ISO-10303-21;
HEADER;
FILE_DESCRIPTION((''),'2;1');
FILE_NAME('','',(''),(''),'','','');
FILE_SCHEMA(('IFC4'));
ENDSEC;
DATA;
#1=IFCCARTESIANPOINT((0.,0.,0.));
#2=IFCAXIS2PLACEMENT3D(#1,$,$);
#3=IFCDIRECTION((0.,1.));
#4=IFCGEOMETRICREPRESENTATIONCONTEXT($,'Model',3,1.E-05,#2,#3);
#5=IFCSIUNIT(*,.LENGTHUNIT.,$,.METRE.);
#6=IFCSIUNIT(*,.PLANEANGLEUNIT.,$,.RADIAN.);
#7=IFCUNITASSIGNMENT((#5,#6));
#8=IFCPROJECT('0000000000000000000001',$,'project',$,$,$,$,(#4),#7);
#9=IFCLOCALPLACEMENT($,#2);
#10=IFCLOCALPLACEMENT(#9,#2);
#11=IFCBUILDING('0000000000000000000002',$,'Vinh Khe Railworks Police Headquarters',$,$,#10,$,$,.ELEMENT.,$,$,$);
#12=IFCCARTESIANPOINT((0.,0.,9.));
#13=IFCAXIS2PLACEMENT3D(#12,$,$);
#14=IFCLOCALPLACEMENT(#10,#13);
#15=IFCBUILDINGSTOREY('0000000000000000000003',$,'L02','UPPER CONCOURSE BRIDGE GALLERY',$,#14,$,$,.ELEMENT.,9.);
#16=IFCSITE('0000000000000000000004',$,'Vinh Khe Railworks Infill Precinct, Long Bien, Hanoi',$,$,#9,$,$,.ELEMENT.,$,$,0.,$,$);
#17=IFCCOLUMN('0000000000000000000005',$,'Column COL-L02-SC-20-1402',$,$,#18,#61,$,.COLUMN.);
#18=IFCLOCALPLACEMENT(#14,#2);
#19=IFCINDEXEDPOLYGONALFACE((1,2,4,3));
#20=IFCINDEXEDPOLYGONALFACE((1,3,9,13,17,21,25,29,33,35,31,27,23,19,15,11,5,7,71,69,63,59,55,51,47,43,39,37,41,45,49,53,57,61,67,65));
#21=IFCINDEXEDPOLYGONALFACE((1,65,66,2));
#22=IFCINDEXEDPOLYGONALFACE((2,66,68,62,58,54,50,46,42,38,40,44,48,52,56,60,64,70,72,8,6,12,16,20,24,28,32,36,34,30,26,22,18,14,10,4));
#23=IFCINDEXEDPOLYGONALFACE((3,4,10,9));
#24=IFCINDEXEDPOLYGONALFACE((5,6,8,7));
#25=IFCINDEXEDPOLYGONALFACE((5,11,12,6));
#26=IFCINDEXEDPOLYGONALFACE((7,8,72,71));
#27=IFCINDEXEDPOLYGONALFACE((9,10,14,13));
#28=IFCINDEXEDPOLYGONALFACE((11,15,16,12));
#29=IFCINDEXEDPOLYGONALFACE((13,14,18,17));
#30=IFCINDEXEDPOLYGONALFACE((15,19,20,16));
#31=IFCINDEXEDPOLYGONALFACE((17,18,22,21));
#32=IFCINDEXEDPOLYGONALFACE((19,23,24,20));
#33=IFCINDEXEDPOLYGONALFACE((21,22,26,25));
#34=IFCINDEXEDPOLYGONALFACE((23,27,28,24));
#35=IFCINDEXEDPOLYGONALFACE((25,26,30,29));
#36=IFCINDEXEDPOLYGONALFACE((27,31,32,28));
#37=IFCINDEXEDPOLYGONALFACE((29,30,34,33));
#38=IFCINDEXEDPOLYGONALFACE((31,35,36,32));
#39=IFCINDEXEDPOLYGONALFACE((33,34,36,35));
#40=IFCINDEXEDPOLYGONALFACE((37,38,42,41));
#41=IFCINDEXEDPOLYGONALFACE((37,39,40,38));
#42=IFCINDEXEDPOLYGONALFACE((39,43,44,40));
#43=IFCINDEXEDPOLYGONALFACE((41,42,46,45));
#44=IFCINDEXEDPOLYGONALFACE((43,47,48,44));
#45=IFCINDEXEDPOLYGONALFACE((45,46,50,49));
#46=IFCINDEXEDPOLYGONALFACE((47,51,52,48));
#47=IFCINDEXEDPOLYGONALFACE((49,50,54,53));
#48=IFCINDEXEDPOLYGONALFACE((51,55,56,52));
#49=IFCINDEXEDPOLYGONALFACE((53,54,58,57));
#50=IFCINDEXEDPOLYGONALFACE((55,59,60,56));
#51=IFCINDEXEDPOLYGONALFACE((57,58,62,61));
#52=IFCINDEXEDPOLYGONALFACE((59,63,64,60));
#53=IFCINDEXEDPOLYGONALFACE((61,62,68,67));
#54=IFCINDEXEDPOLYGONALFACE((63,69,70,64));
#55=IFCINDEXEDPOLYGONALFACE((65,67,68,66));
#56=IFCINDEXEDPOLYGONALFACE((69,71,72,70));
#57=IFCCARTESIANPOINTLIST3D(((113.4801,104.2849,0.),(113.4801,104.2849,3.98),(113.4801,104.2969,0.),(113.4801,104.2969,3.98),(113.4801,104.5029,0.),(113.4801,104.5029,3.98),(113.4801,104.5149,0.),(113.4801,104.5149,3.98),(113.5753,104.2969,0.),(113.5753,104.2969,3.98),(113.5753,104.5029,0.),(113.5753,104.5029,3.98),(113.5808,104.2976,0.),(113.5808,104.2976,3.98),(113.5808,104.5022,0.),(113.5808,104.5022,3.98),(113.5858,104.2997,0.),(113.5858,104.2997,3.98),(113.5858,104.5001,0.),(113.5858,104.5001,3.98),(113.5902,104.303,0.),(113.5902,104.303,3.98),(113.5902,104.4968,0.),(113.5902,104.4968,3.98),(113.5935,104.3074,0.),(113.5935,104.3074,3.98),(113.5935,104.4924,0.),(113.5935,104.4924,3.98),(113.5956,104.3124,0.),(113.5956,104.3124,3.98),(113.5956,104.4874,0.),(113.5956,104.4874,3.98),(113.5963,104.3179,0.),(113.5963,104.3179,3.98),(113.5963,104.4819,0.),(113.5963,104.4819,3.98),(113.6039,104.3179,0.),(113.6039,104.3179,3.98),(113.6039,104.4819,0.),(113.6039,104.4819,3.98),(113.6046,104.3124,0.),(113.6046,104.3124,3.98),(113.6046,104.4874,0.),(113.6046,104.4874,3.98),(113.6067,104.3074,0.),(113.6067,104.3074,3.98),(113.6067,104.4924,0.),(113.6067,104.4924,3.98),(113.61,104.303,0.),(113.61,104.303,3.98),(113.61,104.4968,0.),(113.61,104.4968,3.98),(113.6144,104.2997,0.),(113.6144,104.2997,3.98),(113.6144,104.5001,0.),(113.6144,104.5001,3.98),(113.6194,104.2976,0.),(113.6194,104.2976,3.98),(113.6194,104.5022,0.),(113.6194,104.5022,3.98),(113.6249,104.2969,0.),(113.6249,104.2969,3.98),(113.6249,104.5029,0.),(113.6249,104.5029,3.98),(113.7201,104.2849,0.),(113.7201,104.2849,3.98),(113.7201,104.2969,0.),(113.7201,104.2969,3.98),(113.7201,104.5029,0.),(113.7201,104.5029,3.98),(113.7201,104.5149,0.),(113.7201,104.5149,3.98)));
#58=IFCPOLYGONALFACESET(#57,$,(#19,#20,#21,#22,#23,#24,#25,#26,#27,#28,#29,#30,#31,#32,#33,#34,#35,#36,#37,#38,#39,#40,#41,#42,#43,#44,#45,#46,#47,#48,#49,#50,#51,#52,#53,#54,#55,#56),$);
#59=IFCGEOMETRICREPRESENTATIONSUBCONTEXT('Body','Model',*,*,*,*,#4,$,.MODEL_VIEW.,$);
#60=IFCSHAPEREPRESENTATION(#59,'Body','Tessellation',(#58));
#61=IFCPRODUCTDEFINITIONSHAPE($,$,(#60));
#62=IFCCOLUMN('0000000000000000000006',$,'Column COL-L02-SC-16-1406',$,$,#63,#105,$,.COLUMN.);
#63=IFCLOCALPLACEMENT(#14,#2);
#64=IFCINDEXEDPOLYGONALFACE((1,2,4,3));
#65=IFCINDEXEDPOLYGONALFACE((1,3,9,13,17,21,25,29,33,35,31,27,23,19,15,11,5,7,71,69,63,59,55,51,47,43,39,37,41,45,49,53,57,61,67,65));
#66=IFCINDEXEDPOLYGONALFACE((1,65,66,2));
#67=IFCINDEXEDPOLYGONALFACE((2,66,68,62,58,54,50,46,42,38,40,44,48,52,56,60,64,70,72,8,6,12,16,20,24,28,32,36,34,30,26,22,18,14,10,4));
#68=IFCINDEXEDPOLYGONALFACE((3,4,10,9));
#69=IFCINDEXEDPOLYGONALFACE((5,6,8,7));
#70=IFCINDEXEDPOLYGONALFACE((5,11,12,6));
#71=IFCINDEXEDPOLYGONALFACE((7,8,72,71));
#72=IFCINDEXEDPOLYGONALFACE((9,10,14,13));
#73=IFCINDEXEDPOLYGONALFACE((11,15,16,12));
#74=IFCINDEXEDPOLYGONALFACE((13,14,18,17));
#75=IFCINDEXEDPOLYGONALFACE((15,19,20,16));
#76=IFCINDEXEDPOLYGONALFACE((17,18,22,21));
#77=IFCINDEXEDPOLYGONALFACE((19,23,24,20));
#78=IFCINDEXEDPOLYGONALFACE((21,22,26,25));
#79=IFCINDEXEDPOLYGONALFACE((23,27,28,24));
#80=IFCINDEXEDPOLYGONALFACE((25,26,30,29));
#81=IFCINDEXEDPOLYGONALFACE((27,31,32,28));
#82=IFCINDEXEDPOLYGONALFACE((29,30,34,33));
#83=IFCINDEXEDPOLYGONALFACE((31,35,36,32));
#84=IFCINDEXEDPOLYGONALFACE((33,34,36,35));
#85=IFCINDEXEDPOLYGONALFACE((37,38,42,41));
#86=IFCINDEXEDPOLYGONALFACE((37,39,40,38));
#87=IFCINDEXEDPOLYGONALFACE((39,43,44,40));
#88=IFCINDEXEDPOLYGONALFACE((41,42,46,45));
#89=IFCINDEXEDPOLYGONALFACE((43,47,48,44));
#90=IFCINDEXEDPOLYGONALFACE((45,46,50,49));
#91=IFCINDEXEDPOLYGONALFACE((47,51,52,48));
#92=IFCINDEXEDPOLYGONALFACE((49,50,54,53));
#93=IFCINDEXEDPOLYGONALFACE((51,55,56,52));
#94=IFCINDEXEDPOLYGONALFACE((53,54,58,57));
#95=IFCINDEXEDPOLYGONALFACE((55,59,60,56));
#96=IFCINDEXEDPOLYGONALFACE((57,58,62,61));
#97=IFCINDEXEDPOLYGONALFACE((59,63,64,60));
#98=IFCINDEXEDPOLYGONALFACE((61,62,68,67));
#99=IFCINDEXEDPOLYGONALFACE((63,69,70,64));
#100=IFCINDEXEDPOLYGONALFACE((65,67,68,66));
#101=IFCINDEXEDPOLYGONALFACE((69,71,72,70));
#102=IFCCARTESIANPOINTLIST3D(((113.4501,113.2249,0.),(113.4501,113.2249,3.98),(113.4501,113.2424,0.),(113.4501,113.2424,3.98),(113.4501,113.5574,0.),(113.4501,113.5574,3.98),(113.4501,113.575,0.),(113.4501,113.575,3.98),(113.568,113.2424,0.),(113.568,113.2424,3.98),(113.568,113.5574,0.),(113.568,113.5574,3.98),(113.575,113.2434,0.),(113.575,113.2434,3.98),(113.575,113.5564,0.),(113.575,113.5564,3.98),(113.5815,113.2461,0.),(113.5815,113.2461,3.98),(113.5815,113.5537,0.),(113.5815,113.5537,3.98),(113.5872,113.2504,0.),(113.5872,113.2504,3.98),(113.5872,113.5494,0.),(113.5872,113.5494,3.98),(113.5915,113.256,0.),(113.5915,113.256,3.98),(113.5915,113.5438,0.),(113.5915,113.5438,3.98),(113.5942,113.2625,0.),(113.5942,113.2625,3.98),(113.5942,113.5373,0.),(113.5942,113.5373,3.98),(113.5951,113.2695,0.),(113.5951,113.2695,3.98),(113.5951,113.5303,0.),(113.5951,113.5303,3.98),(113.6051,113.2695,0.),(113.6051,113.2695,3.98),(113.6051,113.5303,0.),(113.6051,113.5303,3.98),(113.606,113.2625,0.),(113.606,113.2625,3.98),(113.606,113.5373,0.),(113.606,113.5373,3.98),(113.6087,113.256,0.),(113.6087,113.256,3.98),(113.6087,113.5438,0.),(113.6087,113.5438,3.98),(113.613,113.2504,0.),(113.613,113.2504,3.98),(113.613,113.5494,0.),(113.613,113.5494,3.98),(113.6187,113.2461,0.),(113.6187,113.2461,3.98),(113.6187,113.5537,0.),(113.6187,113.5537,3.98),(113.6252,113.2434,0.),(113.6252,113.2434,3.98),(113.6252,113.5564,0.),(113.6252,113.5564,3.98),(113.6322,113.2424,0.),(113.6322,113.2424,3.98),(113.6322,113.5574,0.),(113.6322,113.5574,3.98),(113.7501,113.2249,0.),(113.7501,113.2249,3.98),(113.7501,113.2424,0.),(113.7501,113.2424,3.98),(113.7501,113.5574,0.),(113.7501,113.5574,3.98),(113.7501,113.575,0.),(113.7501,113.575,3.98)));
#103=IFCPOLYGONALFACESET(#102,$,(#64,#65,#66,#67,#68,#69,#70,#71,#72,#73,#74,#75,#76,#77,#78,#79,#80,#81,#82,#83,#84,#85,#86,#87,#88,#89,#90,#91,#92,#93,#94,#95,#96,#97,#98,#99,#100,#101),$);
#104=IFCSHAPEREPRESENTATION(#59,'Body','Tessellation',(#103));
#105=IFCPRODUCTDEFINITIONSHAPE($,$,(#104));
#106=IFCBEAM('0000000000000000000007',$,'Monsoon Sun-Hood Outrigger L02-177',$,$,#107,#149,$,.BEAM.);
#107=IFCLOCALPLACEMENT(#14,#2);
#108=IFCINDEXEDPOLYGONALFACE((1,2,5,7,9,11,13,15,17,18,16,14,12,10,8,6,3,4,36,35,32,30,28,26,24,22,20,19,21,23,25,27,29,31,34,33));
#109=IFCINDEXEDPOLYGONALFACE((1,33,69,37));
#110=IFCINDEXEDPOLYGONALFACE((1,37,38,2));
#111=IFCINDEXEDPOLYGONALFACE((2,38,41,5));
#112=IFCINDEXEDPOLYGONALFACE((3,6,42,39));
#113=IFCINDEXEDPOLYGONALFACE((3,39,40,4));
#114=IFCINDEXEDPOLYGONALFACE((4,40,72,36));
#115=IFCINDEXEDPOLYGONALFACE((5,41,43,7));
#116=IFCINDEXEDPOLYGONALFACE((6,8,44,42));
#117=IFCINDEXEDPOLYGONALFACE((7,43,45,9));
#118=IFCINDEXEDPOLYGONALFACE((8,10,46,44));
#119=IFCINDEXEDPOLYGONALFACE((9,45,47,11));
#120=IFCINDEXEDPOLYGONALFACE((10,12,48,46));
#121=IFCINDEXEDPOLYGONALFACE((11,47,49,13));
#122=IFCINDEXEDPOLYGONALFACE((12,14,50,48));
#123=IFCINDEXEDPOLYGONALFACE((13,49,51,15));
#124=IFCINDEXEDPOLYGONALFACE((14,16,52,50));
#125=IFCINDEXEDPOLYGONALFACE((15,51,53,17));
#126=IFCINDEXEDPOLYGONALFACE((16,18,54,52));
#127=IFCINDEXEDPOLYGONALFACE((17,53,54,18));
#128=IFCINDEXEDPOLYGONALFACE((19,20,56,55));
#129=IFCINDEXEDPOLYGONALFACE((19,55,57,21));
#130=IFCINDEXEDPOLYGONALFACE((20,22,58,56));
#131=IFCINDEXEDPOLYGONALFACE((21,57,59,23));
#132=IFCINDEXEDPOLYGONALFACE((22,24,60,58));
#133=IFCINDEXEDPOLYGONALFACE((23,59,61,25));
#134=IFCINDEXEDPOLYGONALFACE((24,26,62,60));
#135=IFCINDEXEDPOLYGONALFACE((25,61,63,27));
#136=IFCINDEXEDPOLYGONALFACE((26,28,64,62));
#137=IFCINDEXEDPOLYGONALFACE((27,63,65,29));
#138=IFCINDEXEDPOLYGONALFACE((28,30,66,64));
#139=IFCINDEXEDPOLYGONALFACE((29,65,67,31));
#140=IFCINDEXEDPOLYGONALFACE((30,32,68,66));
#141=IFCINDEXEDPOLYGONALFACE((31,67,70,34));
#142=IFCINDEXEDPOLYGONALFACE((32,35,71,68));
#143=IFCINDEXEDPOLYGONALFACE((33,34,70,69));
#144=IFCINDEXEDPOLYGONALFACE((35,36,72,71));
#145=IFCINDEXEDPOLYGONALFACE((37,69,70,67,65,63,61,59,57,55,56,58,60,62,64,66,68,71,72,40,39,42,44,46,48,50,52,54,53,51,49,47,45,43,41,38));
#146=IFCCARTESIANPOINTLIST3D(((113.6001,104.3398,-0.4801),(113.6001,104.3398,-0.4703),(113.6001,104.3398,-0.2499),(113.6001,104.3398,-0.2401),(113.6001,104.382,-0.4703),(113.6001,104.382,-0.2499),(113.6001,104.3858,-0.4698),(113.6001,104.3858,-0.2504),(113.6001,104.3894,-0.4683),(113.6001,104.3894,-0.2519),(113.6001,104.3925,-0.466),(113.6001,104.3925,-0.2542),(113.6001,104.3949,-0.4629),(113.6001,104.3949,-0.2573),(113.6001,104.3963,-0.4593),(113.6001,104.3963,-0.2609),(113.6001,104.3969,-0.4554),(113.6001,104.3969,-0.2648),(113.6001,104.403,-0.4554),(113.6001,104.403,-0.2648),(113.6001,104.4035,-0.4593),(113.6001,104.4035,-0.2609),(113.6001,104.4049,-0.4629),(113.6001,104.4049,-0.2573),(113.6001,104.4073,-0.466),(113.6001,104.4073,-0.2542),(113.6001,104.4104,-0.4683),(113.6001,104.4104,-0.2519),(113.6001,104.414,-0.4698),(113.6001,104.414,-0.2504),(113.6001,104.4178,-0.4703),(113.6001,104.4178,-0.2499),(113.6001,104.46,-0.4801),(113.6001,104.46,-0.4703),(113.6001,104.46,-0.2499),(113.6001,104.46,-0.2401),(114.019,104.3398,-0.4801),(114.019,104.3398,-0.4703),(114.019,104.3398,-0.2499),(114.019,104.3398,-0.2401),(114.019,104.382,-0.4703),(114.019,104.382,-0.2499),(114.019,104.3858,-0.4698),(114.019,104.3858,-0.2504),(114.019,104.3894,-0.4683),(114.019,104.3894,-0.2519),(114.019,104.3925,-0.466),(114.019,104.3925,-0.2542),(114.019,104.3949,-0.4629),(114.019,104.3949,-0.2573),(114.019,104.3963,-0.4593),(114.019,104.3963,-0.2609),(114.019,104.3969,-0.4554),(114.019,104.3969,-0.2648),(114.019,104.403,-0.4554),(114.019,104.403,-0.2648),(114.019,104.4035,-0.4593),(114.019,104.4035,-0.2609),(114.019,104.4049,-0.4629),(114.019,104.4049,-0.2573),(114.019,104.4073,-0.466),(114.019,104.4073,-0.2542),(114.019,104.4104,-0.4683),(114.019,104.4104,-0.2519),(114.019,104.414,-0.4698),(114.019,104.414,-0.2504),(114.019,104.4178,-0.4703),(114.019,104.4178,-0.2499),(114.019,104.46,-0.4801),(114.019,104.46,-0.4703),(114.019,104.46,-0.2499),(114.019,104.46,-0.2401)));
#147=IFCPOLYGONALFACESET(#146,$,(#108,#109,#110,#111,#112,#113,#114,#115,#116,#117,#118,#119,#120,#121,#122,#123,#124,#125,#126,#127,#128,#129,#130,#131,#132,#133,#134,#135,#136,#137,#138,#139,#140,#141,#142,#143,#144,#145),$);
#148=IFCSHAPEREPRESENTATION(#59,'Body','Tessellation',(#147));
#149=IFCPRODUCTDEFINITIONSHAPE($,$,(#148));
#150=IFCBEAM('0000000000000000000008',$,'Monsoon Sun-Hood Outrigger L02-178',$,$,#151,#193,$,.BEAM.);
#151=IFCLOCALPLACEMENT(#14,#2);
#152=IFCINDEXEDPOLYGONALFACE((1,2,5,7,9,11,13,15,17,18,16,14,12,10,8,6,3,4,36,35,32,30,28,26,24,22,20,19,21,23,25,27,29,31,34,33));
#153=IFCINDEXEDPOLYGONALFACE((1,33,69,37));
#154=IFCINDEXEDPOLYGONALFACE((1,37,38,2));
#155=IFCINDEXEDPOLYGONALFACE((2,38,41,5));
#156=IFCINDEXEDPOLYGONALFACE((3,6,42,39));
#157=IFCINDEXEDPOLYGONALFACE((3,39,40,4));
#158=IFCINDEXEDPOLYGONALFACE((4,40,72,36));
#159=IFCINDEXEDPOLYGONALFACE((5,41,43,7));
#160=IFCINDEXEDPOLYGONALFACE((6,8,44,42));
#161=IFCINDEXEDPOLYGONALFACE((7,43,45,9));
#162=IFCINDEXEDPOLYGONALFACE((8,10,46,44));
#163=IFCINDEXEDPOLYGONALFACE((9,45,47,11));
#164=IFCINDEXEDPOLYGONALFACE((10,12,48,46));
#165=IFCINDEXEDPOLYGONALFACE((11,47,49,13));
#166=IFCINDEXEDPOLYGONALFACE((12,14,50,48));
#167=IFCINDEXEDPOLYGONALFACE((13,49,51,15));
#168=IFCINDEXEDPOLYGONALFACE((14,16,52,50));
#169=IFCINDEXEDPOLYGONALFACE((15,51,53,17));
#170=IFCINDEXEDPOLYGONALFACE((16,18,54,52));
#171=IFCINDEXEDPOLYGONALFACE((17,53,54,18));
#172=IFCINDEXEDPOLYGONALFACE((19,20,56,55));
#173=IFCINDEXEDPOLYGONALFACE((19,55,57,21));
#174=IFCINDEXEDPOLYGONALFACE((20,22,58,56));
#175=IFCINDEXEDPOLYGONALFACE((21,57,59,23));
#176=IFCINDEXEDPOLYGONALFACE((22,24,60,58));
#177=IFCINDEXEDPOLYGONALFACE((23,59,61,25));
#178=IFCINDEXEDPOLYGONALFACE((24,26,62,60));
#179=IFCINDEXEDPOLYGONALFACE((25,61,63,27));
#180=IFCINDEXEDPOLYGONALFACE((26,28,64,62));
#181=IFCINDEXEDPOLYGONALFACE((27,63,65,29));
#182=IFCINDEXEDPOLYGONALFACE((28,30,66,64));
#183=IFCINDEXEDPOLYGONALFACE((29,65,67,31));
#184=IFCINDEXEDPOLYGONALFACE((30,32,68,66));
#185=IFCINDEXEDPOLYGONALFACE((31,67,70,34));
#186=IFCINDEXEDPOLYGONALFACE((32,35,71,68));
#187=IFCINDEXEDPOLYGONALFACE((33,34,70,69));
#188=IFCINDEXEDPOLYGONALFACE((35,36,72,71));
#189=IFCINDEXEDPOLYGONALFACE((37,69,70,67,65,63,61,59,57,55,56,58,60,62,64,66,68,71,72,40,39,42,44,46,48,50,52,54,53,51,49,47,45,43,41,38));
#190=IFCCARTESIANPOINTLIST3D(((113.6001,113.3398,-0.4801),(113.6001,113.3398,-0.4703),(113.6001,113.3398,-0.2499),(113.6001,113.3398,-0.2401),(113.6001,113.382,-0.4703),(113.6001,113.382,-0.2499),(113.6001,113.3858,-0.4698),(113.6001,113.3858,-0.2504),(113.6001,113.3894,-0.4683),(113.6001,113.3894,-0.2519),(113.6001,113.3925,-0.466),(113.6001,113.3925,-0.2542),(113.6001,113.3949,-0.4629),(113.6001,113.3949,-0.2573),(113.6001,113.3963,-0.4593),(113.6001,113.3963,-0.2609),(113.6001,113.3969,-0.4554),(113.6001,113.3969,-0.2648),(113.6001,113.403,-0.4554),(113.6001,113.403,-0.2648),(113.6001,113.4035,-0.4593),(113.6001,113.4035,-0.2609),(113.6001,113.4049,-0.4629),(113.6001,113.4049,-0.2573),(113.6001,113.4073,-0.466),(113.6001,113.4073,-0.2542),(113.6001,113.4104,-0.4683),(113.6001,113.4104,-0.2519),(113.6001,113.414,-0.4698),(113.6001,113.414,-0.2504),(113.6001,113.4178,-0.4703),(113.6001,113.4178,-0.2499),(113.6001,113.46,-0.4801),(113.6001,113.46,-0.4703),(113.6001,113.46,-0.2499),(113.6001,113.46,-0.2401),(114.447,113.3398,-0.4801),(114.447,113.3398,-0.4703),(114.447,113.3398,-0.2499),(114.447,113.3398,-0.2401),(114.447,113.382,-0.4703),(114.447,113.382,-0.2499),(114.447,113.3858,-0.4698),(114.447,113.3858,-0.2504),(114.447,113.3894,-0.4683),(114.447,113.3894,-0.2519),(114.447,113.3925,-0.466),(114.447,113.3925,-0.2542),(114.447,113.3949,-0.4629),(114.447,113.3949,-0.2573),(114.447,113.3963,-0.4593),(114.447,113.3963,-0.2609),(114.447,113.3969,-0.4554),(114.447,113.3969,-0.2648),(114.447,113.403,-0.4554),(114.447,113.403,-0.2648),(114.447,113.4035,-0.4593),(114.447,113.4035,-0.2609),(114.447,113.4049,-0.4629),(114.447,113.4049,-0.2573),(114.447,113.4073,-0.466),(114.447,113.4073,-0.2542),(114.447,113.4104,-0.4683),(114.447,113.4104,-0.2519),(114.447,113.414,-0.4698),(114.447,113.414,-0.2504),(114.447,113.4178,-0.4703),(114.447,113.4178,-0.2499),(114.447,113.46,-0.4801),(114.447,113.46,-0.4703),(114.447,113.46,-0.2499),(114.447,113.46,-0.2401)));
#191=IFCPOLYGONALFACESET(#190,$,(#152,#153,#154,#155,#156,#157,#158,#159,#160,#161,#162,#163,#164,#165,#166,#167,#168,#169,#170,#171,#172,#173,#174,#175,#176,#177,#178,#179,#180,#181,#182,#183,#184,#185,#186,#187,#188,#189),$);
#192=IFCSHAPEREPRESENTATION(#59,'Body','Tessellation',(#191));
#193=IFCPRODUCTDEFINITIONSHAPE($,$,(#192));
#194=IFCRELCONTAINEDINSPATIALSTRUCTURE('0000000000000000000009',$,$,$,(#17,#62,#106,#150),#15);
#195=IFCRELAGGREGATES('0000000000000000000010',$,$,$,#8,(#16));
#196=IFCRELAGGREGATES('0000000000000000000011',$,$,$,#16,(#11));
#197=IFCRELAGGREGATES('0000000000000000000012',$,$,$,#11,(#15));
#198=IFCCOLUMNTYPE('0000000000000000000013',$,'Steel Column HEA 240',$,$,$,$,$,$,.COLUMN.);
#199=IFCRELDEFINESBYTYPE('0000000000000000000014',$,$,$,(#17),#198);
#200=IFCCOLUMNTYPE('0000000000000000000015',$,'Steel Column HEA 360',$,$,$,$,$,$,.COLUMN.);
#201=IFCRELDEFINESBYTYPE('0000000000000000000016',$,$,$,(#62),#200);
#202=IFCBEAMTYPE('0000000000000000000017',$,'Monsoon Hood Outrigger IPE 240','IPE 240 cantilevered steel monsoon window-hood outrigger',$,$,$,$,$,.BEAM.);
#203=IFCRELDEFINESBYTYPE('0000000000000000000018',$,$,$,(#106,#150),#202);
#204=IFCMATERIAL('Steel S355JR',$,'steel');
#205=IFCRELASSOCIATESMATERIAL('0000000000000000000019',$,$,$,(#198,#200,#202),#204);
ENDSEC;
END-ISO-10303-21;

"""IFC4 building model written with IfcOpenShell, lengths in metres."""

from ifc_helpers import new_model, si_unit, direction, frame, origin, origin_2d, place, context, subcontext, project, spatial, i_section, extrude, material, material_profile, profile_set, type_object, element, save


model = new_model("IFC4")

# Units and contexts
model_context = context("Model", 3, precision=1e-05, world=origin(), true_north=direction((0.0, 1.0)))
body_context = subcontext(model_context, "Body", "Model", "MODEL_VIEW")
ifc_project = project(units=[si_unit("LENGTHUNIT", "METRE"), si_unit("PLANEANGLEUNIT", "RADIAN")], contexts=[model_context])

# Site, building, storey
site_placement = place(None, origin())
site = spatial("IfcSite", under=ifc_project, at=site_placement, Name="Vinh Khe Railworks Infill Precinct, Long Bien, Hanoi", CompositionType="ELEMENT", RefElevation=0.0)
building_placement = place(site_placement, origin())
building = spatial("IfcBuilding", under=site, at=building_placement, Name="Vinh Khe Railworks Police Headquarters", CompositionType="ELEMENT")
storey_placement = place(building_placement, frame((0.0, 0.0, 9.0)))
storey = spatial("IfcBuildingStorey", under=building, at=storey_placement, Name="L02", Description="UPPER CONCOURSE BRIDGE GALLERY", CompositionType="ELEMENT", Elevation=9.0)

# Columns
ifc_material_1 = material(Name="Steel S355JR", Category="steel")
ifc_material_profile_1 = material_profile(ifc_material_1, i_section(OverallWidth=0.24, OverallDepth=0.23, WebThickness=0.0076, FlangeThickness=0.012, FilletRadius=0.021, at=origin_2d()), Name="HEA 240")
ifc_profile_set_1 = profile_set([ifc_material_profile_1], Name="Steel S355JR")
column_type_1 = type_object("IfcColumnType", Name="Steel Column HEA 240", PredefinedType="COLUMN", material=ifc_profile_set_1)
column_1_placement = place(storey_placement, frame((113.6001, 104.3999, 0.0), z_axis=(0.0, 0.0, 1.0), x_axis=(1.0, 0.0, 0.0)))
element("IfcColumn", 1, at=column_1_placement, inside=storey, type_object=column_type_1, Name="Column COL-L02-SC-20-1402", PredefinedType="COLUMN", context=body_context, shape_type="SweptSolid", body=[
    extrude(i_section(OverallWidth=0.24, OverallDepth=0.23, WebThickness=0.0076, FlangeThickness=0.012, FilletRadius=0.021, at=origin_2d()), origin(), (0.0, 0.0, 1.0), 3.98),
])
ifc_material_profile_2 = material_profile(ifc_material_1, i_section(OverallWidth=0.3, OverallDepth=0.3501, WebThickness=0.01, FlangeThickness=0.0176, FilletRadius=0.0271, at=origin_2d()), Name="HEA 360")
ifc_profile_set_2 = profile_set([ifc_material_profile_2], Name="Steel S355JR")
column_type_2 = type_object("IfcColumnType", Name="Steel Column HEA 360", PredefinedType="COLUMN", material=ifc_profile_set_2)
column_2_placement = place(storey_placement, frame((113.6001, 113.3999, 0.0), z_axis=(0.0, 0.0, 1.0), x_axis=(1.0, 0.0, 0.0)))
element("IfcColumn", 2, at=column_2_placement, inside=storey, type_object=column_type_2, Name="Column COL-L02-SC-16-1406", PredefinedType="COLUMN", context=body_context, shape_type="SweptSolid", body=[
    extrude(i_section(OverallWidth=0.3, OverallDepth=0.3501, WebThickness=0.01, FlangeThickness=0.0176, FilletRadius=0.0271, at=origin_2d()), origin(), (0.0, 0.0, 1.0), 3.98),
])

# Beams
ifc_material_profile_3 = material_profile(ifc_material_1, i_section(OverallWidth=0.1201, OverallDepth=0.24, WebThickness=0.0061, FlangeThickness=0.0098, FilletRadius=0.0149, at=origin_2d()), Name="IPE 240")
ifc_profile_set_3 = profile_set([ifc_material_profile_3], Name="Steel S355JR")
beam_type_1 = type_object("IfcBeamType", Name="Monsoon Hood Outrigger IPE 240", Description="IPE 240 cantilevered steel monsoon window-hood outrigger", PredefinedType="BEAM", material=ifc_profile_set_3)
beam_1_placement = place(storey_placement, frame((113.6001, 104.3999, -0.3601), z_axis=(1.0, 0.0, 0.0), x_axis=(0.0, 1.0, 0.0)))
element("IfcBeam", 3, at=beam_1_placement, inside=storey, type_object=beam_type_1, Name="Monsoon Sun-Hood Outrigger L02-177", PredefinedType="BEAM", context=body_context, shape_type="SweptSolid", body=[
    extrude(i_section(OverallWidth=0.1201, OverallDepth=0.24, WebThickness=0.0061, FlangeThickness=0.0098, FilletRadius=0.0149, at=origin_2d()), origin(), (0.0, 0.0, 1.0), 0.4189),
])
beam_2_placement = place(storey_placement, frame((113.6001, 113.3999, -0.3601), z_axis=(1.0, 0.0, 0.0), x_axis=(0.0, 1.0, 0.0)))
element("IfcBeam", 4, at=beam_2_placement, inside=storey, type_object=beam_type_1, Name="Monsoon Sun-Hood Outrigger L02-178", PredefinedType="BEAM", context=body_context, shape_type="SweptSolid", body=[
    extrude(i_section(OverallWidth=0.1201, OverallDepth=0.24, WebThickness=0.0061, FlangeThickness=0.0098, FilletRadius=0.0149, at=origin_2d()), origin(), (0.0, 0.0, 1.0), 0.8469),
])

save(model, "model.ifc")
